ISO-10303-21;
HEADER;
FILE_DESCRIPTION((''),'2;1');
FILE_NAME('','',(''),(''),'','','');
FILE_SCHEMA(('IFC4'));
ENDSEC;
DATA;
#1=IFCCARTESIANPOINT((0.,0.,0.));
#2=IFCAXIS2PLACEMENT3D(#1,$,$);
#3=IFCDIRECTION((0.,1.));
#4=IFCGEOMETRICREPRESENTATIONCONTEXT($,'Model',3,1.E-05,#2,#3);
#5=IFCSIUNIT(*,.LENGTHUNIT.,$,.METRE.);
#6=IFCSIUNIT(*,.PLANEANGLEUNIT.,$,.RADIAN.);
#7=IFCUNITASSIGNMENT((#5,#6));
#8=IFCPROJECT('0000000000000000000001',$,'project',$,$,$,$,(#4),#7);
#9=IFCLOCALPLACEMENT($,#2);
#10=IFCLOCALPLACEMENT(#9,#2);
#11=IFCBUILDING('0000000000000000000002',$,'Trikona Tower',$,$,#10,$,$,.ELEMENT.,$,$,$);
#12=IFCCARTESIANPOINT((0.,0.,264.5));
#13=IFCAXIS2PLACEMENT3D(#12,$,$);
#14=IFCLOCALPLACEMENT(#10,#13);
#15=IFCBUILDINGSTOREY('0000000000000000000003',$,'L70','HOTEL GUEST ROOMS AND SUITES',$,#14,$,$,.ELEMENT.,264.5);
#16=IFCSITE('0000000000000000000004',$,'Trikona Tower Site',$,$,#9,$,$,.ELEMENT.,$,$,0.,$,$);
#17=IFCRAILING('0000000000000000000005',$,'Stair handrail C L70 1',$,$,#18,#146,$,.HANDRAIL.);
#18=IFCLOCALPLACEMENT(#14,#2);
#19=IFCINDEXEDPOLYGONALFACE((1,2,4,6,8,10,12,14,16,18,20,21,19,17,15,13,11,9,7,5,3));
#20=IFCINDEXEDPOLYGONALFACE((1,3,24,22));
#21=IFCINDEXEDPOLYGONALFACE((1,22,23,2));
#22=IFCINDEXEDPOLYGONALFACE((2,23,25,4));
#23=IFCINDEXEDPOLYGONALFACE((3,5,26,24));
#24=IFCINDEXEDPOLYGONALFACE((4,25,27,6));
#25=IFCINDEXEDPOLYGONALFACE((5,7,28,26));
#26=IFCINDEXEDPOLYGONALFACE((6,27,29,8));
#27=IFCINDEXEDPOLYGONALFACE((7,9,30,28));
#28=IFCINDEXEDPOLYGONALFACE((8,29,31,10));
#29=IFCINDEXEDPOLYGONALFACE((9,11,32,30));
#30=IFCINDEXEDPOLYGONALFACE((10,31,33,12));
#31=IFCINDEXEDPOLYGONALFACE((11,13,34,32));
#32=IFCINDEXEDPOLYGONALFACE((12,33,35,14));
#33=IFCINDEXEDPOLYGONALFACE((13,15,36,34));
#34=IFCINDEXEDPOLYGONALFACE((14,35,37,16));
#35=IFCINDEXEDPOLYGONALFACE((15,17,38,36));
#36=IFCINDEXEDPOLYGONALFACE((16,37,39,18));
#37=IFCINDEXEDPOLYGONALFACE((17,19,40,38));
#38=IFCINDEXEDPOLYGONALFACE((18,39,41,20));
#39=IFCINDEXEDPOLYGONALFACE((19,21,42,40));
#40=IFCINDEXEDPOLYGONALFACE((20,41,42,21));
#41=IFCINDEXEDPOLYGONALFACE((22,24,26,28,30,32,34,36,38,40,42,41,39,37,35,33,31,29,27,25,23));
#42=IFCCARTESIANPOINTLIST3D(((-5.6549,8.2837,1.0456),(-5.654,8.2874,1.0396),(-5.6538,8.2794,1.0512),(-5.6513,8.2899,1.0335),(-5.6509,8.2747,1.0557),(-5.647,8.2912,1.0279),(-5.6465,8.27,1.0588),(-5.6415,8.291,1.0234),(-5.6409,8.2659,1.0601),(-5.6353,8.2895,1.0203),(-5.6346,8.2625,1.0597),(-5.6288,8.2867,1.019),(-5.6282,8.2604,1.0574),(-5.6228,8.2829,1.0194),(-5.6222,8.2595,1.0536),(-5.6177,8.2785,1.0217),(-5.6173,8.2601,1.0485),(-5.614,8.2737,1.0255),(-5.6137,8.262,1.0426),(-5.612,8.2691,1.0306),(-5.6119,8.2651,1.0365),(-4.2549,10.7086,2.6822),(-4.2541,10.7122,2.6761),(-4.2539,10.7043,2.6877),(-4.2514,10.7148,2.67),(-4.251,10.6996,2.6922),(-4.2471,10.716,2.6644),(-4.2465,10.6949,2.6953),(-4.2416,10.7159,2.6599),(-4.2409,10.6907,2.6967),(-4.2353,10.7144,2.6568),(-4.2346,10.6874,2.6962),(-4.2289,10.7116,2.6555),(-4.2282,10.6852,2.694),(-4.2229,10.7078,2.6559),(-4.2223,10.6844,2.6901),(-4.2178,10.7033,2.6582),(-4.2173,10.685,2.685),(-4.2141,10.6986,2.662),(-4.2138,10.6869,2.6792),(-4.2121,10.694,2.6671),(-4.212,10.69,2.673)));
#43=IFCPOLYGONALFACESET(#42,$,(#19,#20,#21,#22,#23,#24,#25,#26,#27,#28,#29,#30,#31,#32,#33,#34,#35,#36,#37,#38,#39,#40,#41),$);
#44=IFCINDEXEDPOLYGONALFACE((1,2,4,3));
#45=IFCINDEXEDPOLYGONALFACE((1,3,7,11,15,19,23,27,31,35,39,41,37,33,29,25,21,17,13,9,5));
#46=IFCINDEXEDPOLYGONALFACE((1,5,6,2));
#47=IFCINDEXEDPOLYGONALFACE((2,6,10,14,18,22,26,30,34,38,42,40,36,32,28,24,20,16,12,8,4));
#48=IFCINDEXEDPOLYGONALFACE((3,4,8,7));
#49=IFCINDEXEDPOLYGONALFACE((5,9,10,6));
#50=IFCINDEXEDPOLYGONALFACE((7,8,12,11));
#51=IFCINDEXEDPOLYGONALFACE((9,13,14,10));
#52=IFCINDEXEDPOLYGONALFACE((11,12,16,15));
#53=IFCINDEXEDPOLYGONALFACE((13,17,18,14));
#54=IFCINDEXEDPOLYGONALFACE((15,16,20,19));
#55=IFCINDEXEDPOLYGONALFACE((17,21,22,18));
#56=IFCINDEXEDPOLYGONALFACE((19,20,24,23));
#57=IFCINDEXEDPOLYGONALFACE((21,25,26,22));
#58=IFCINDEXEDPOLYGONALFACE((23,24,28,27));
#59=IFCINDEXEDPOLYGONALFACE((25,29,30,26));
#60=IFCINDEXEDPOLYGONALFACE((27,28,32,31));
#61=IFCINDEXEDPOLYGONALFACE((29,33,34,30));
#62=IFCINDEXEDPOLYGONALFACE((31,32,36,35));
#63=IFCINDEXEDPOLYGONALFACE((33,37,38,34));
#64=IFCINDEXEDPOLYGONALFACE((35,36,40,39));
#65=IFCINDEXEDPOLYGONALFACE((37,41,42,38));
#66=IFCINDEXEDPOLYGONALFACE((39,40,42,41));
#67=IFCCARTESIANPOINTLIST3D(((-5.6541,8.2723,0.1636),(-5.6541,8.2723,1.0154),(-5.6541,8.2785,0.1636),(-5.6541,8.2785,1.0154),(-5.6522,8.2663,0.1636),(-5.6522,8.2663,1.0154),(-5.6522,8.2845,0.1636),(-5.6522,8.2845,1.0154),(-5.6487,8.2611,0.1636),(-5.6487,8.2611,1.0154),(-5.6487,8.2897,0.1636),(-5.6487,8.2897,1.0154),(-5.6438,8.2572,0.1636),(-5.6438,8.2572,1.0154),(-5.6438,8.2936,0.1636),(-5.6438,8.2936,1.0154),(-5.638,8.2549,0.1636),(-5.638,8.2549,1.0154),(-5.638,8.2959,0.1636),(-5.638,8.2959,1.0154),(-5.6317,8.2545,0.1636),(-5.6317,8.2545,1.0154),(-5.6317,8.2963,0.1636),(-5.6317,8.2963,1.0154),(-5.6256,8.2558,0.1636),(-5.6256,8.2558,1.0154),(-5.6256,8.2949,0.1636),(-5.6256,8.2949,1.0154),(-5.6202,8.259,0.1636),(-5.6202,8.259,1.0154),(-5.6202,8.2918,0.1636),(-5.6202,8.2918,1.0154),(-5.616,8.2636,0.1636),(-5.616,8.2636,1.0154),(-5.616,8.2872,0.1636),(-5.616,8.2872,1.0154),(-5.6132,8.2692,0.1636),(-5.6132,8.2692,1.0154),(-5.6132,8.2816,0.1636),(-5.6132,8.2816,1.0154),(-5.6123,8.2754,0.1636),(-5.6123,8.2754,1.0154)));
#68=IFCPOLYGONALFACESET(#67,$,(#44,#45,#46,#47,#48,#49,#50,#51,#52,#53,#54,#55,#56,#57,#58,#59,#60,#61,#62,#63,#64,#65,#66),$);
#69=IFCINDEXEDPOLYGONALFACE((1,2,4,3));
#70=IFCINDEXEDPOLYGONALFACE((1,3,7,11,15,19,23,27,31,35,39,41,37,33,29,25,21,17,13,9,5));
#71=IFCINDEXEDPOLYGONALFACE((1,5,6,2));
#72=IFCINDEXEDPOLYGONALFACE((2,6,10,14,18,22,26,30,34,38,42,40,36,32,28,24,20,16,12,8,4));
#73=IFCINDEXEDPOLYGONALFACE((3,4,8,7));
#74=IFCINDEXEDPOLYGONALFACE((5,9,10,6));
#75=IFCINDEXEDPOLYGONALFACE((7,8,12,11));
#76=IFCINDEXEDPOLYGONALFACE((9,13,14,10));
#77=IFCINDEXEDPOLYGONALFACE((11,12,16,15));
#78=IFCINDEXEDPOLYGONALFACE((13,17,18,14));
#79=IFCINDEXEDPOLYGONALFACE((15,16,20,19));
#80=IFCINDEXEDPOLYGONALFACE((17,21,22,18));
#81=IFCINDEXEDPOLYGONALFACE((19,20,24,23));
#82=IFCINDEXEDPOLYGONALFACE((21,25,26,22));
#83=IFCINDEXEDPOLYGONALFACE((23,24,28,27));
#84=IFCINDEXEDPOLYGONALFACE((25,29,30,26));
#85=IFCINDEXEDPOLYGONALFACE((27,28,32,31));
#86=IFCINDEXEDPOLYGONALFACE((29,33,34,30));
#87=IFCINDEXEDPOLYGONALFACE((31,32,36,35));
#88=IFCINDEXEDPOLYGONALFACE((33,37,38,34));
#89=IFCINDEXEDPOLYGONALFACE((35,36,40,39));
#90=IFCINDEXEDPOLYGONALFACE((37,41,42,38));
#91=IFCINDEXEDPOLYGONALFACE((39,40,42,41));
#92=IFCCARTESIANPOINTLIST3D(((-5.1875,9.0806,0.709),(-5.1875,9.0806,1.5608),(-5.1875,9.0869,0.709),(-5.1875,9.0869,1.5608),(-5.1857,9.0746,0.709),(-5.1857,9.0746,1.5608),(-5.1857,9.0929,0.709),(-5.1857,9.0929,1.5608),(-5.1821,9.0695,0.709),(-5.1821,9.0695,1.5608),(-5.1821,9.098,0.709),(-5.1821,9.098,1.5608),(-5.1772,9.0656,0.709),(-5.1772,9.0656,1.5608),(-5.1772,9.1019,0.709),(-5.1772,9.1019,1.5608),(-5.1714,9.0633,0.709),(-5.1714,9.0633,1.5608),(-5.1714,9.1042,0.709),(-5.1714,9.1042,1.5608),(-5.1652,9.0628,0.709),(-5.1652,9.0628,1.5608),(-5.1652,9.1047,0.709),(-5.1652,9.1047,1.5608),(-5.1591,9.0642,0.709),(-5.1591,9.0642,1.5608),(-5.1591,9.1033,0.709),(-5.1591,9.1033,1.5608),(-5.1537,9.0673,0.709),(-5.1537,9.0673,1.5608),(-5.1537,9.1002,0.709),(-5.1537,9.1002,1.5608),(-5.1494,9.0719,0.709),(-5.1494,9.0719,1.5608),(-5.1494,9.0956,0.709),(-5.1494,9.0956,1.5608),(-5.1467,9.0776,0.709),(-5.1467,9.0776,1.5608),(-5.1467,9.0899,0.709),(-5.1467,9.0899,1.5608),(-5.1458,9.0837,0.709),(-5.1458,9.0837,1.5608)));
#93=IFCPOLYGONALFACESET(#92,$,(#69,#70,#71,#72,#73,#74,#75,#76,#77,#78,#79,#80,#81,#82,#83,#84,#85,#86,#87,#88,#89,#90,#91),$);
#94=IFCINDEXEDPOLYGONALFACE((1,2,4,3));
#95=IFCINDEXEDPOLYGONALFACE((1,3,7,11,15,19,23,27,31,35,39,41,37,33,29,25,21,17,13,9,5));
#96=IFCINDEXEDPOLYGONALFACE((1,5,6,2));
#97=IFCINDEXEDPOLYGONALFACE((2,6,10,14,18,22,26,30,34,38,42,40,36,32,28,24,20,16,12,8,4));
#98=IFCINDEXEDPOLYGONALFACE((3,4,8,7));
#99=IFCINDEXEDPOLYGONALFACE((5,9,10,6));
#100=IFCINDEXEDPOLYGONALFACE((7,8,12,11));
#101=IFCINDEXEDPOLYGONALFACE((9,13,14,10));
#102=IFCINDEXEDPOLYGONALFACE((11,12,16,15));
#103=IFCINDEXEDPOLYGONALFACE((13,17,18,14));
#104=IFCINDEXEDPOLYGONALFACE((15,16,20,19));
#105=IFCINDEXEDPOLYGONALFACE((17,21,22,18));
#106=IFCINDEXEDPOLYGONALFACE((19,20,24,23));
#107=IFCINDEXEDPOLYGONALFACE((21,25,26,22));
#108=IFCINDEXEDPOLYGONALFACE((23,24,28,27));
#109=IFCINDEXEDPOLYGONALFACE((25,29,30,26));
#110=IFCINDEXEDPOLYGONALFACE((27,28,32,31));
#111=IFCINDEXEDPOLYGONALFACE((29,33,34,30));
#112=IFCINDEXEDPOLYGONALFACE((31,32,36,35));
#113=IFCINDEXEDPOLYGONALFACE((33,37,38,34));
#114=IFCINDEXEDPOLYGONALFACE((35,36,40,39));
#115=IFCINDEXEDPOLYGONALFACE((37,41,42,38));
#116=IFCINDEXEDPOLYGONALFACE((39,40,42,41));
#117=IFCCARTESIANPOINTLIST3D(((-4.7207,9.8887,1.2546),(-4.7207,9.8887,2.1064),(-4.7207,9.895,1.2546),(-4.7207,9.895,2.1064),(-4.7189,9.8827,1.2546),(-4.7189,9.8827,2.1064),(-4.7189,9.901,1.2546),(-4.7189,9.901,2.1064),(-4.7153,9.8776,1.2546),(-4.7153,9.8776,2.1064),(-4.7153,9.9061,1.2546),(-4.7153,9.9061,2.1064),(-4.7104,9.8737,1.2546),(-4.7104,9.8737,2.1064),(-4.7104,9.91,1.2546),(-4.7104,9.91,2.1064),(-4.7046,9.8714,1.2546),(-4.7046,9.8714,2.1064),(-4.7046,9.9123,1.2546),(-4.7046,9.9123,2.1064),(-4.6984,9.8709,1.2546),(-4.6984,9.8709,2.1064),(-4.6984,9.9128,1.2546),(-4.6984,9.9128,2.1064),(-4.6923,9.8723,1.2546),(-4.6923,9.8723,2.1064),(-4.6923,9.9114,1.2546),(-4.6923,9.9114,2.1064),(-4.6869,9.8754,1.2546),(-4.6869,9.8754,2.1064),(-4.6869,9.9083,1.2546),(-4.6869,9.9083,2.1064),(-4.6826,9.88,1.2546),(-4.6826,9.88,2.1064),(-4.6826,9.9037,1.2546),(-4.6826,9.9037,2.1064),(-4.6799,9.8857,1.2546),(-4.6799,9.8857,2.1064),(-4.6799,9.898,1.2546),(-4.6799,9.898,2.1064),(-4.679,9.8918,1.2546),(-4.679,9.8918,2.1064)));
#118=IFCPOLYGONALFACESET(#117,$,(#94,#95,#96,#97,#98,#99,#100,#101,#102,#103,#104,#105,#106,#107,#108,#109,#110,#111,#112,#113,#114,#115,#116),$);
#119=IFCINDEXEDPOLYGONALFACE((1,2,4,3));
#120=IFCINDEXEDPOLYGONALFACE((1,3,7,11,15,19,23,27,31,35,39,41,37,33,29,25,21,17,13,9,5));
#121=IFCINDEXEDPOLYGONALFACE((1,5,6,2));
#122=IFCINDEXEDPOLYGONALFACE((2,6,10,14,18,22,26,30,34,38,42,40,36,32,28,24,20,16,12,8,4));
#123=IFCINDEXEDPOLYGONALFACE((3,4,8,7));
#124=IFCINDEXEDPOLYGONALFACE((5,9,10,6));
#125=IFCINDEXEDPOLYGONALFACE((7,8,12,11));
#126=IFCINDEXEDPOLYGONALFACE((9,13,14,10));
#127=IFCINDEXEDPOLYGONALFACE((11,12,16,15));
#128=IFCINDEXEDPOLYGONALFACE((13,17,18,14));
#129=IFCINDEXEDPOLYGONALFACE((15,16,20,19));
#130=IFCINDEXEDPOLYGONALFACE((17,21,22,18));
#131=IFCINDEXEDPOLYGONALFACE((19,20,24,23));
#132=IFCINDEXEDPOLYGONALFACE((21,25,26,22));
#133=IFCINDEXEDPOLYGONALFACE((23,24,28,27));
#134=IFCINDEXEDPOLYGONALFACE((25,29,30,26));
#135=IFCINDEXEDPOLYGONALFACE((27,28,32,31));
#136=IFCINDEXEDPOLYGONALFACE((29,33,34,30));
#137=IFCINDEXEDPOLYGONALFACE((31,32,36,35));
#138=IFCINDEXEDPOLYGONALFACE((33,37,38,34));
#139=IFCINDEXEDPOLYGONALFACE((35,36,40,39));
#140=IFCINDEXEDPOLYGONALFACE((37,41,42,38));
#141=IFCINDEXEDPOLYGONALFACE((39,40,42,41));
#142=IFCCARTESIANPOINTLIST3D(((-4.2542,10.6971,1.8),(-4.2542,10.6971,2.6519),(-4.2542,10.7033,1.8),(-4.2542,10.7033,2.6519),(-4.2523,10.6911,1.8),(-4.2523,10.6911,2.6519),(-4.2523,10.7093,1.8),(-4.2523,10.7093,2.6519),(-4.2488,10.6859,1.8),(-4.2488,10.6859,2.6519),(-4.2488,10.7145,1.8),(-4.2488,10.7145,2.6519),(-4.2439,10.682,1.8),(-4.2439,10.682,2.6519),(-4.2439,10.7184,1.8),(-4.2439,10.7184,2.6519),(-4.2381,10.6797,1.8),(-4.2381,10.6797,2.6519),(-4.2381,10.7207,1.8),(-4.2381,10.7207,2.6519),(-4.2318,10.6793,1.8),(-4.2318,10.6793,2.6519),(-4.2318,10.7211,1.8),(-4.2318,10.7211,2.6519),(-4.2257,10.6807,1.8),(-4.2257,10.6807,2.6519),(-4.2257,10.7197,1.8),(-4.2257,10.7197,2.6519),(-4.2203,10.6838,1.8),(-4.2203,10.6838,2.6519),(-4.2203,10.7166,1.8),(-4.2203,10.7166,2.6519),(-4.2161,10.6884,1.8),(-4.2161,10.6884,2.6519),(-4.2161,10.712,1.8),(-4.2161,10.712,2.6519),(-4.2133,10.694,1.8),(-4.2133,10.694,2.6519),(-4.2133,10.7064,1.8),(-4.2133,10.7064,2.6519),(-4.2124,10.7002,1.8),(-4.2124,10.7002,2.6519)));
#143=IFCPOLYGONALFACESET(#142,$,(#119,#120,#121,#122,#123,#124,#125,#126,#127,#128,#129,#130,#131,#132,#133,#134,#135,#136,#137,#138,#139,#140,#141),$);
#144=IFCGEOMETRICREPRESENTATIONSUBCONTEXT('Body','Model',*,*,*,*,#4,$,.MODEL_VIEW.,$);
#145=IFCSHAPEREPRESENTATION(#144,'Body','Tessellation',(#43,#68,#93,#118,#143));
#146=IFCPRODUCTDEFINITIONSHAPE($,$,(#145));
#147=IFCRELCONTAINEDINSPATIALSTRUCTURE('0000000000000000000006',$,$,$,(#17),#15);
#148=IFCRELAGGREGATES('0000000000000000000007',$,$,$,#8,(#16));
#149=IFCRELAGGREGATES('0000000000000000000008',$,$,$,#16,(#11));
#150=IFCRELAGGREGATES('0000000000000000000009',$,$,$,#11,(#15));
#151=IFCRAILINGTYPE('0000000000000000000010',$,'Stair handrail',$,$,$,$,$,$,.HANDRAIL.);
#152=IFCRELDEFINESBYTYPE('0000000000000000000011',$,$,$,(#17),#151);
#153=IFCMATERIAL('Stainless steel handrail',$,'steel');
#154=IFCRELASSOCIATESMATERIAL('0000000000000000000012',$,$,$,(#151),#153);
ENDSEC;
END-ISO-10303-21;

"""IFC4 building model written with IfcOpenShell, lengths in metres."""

from ifc_helpers import new_model, si_unit, direction, frame, origin, origin_2d, place, context, subcontext, project, spatial, circle, extrude, material, type_object, element, save


model = new_model("IFC4")

# Units and contexts
model_context = context("Model", 3, precision=1e-05, world=origin(), true_north=direction((0.0, 1.0)))
body_context = subcontext(model_context, "Body", "Model", "MODEL_VIEW")
ifc_project = project(units=[si_unit("LENGTHUNIT", "METRE"), si_unit("PLANEANGLEUNIT", "RADIAN")], contexts=[model_context])

# Site, building, storey
site_placement = place(None, origin())
site = spatial("IfcSite", under=ifc_project, at=site_placement, Name="Trikona Tower Site", CompositionType="ELEMENT", RefElevation=0.0)
building_placement = place(site_placement, origin())
building = spatial("IfcBuilding", under=site, at=building_placement, Name="Trikona Tower", CompositionType="ELEMENT")
storey_placement = place(building_placement, frame((0.0, 0.0, 264.5)))
storey = spatial("IfcBuildingStorey", under=building, at=storey_placement, Name="L70", Description="HOTEL GUEST ROOMS AND SUITES", CompositionType="ELEMENT", Elevation=264.5)

# Railing
ifc_material_1 = material(Name="Stainless steel handrail", Category="steel")
railing_type = type_object("IfcRailingType", Name="Stair handrail", PredefinedType="HANDRAIL", material=ifc_material_1)
railing_1_placement = place(storey_placement, frame((-5.6333, 8.2754, 0.1636)))
element("IfcRailing", 1, at=railing_1_placement, inside=storey, type_object=railing_type, Name="Stair handrail C L70 1", PredefinedType="HANDRAIL", context=body_context, shape_type="SweptSolid", body=[
    extrude(circle(Radius=0.0239, at=origin_2d()), frame((0.0, 0.0, 0.876), z_axis=(0.431661, 0.74769, 0.504608), x_axis=(-0.866035, 0.499984, 0.0)), (0.0, 0.0, 1.0), 3.2432),
    extrude(circle(Radius=0.021, at=origin_2d()), origin(), (0.0, 0.0, 1.0), 0.8518),
    extrude(circle(Radius=0.021, at=origin_2d()), frame((0.4666, 0.8083, 0.5454)), (0.0, 0.0, 1.0), 0.8518),
    extrude(circle(Radius=0.021, at=origin_2d()), frame((0.9333, 1.6165, 1.0911)), (0.0, 0.0, 1.0), 0.8518),
    extrude(circle(Radius=0.021, at=origin_2d()), frame((1.3999, 2.4248, 1.6365)), (0.0, 0.0, 1.0), 0.8518),
])

save(model, "model.ifc")
